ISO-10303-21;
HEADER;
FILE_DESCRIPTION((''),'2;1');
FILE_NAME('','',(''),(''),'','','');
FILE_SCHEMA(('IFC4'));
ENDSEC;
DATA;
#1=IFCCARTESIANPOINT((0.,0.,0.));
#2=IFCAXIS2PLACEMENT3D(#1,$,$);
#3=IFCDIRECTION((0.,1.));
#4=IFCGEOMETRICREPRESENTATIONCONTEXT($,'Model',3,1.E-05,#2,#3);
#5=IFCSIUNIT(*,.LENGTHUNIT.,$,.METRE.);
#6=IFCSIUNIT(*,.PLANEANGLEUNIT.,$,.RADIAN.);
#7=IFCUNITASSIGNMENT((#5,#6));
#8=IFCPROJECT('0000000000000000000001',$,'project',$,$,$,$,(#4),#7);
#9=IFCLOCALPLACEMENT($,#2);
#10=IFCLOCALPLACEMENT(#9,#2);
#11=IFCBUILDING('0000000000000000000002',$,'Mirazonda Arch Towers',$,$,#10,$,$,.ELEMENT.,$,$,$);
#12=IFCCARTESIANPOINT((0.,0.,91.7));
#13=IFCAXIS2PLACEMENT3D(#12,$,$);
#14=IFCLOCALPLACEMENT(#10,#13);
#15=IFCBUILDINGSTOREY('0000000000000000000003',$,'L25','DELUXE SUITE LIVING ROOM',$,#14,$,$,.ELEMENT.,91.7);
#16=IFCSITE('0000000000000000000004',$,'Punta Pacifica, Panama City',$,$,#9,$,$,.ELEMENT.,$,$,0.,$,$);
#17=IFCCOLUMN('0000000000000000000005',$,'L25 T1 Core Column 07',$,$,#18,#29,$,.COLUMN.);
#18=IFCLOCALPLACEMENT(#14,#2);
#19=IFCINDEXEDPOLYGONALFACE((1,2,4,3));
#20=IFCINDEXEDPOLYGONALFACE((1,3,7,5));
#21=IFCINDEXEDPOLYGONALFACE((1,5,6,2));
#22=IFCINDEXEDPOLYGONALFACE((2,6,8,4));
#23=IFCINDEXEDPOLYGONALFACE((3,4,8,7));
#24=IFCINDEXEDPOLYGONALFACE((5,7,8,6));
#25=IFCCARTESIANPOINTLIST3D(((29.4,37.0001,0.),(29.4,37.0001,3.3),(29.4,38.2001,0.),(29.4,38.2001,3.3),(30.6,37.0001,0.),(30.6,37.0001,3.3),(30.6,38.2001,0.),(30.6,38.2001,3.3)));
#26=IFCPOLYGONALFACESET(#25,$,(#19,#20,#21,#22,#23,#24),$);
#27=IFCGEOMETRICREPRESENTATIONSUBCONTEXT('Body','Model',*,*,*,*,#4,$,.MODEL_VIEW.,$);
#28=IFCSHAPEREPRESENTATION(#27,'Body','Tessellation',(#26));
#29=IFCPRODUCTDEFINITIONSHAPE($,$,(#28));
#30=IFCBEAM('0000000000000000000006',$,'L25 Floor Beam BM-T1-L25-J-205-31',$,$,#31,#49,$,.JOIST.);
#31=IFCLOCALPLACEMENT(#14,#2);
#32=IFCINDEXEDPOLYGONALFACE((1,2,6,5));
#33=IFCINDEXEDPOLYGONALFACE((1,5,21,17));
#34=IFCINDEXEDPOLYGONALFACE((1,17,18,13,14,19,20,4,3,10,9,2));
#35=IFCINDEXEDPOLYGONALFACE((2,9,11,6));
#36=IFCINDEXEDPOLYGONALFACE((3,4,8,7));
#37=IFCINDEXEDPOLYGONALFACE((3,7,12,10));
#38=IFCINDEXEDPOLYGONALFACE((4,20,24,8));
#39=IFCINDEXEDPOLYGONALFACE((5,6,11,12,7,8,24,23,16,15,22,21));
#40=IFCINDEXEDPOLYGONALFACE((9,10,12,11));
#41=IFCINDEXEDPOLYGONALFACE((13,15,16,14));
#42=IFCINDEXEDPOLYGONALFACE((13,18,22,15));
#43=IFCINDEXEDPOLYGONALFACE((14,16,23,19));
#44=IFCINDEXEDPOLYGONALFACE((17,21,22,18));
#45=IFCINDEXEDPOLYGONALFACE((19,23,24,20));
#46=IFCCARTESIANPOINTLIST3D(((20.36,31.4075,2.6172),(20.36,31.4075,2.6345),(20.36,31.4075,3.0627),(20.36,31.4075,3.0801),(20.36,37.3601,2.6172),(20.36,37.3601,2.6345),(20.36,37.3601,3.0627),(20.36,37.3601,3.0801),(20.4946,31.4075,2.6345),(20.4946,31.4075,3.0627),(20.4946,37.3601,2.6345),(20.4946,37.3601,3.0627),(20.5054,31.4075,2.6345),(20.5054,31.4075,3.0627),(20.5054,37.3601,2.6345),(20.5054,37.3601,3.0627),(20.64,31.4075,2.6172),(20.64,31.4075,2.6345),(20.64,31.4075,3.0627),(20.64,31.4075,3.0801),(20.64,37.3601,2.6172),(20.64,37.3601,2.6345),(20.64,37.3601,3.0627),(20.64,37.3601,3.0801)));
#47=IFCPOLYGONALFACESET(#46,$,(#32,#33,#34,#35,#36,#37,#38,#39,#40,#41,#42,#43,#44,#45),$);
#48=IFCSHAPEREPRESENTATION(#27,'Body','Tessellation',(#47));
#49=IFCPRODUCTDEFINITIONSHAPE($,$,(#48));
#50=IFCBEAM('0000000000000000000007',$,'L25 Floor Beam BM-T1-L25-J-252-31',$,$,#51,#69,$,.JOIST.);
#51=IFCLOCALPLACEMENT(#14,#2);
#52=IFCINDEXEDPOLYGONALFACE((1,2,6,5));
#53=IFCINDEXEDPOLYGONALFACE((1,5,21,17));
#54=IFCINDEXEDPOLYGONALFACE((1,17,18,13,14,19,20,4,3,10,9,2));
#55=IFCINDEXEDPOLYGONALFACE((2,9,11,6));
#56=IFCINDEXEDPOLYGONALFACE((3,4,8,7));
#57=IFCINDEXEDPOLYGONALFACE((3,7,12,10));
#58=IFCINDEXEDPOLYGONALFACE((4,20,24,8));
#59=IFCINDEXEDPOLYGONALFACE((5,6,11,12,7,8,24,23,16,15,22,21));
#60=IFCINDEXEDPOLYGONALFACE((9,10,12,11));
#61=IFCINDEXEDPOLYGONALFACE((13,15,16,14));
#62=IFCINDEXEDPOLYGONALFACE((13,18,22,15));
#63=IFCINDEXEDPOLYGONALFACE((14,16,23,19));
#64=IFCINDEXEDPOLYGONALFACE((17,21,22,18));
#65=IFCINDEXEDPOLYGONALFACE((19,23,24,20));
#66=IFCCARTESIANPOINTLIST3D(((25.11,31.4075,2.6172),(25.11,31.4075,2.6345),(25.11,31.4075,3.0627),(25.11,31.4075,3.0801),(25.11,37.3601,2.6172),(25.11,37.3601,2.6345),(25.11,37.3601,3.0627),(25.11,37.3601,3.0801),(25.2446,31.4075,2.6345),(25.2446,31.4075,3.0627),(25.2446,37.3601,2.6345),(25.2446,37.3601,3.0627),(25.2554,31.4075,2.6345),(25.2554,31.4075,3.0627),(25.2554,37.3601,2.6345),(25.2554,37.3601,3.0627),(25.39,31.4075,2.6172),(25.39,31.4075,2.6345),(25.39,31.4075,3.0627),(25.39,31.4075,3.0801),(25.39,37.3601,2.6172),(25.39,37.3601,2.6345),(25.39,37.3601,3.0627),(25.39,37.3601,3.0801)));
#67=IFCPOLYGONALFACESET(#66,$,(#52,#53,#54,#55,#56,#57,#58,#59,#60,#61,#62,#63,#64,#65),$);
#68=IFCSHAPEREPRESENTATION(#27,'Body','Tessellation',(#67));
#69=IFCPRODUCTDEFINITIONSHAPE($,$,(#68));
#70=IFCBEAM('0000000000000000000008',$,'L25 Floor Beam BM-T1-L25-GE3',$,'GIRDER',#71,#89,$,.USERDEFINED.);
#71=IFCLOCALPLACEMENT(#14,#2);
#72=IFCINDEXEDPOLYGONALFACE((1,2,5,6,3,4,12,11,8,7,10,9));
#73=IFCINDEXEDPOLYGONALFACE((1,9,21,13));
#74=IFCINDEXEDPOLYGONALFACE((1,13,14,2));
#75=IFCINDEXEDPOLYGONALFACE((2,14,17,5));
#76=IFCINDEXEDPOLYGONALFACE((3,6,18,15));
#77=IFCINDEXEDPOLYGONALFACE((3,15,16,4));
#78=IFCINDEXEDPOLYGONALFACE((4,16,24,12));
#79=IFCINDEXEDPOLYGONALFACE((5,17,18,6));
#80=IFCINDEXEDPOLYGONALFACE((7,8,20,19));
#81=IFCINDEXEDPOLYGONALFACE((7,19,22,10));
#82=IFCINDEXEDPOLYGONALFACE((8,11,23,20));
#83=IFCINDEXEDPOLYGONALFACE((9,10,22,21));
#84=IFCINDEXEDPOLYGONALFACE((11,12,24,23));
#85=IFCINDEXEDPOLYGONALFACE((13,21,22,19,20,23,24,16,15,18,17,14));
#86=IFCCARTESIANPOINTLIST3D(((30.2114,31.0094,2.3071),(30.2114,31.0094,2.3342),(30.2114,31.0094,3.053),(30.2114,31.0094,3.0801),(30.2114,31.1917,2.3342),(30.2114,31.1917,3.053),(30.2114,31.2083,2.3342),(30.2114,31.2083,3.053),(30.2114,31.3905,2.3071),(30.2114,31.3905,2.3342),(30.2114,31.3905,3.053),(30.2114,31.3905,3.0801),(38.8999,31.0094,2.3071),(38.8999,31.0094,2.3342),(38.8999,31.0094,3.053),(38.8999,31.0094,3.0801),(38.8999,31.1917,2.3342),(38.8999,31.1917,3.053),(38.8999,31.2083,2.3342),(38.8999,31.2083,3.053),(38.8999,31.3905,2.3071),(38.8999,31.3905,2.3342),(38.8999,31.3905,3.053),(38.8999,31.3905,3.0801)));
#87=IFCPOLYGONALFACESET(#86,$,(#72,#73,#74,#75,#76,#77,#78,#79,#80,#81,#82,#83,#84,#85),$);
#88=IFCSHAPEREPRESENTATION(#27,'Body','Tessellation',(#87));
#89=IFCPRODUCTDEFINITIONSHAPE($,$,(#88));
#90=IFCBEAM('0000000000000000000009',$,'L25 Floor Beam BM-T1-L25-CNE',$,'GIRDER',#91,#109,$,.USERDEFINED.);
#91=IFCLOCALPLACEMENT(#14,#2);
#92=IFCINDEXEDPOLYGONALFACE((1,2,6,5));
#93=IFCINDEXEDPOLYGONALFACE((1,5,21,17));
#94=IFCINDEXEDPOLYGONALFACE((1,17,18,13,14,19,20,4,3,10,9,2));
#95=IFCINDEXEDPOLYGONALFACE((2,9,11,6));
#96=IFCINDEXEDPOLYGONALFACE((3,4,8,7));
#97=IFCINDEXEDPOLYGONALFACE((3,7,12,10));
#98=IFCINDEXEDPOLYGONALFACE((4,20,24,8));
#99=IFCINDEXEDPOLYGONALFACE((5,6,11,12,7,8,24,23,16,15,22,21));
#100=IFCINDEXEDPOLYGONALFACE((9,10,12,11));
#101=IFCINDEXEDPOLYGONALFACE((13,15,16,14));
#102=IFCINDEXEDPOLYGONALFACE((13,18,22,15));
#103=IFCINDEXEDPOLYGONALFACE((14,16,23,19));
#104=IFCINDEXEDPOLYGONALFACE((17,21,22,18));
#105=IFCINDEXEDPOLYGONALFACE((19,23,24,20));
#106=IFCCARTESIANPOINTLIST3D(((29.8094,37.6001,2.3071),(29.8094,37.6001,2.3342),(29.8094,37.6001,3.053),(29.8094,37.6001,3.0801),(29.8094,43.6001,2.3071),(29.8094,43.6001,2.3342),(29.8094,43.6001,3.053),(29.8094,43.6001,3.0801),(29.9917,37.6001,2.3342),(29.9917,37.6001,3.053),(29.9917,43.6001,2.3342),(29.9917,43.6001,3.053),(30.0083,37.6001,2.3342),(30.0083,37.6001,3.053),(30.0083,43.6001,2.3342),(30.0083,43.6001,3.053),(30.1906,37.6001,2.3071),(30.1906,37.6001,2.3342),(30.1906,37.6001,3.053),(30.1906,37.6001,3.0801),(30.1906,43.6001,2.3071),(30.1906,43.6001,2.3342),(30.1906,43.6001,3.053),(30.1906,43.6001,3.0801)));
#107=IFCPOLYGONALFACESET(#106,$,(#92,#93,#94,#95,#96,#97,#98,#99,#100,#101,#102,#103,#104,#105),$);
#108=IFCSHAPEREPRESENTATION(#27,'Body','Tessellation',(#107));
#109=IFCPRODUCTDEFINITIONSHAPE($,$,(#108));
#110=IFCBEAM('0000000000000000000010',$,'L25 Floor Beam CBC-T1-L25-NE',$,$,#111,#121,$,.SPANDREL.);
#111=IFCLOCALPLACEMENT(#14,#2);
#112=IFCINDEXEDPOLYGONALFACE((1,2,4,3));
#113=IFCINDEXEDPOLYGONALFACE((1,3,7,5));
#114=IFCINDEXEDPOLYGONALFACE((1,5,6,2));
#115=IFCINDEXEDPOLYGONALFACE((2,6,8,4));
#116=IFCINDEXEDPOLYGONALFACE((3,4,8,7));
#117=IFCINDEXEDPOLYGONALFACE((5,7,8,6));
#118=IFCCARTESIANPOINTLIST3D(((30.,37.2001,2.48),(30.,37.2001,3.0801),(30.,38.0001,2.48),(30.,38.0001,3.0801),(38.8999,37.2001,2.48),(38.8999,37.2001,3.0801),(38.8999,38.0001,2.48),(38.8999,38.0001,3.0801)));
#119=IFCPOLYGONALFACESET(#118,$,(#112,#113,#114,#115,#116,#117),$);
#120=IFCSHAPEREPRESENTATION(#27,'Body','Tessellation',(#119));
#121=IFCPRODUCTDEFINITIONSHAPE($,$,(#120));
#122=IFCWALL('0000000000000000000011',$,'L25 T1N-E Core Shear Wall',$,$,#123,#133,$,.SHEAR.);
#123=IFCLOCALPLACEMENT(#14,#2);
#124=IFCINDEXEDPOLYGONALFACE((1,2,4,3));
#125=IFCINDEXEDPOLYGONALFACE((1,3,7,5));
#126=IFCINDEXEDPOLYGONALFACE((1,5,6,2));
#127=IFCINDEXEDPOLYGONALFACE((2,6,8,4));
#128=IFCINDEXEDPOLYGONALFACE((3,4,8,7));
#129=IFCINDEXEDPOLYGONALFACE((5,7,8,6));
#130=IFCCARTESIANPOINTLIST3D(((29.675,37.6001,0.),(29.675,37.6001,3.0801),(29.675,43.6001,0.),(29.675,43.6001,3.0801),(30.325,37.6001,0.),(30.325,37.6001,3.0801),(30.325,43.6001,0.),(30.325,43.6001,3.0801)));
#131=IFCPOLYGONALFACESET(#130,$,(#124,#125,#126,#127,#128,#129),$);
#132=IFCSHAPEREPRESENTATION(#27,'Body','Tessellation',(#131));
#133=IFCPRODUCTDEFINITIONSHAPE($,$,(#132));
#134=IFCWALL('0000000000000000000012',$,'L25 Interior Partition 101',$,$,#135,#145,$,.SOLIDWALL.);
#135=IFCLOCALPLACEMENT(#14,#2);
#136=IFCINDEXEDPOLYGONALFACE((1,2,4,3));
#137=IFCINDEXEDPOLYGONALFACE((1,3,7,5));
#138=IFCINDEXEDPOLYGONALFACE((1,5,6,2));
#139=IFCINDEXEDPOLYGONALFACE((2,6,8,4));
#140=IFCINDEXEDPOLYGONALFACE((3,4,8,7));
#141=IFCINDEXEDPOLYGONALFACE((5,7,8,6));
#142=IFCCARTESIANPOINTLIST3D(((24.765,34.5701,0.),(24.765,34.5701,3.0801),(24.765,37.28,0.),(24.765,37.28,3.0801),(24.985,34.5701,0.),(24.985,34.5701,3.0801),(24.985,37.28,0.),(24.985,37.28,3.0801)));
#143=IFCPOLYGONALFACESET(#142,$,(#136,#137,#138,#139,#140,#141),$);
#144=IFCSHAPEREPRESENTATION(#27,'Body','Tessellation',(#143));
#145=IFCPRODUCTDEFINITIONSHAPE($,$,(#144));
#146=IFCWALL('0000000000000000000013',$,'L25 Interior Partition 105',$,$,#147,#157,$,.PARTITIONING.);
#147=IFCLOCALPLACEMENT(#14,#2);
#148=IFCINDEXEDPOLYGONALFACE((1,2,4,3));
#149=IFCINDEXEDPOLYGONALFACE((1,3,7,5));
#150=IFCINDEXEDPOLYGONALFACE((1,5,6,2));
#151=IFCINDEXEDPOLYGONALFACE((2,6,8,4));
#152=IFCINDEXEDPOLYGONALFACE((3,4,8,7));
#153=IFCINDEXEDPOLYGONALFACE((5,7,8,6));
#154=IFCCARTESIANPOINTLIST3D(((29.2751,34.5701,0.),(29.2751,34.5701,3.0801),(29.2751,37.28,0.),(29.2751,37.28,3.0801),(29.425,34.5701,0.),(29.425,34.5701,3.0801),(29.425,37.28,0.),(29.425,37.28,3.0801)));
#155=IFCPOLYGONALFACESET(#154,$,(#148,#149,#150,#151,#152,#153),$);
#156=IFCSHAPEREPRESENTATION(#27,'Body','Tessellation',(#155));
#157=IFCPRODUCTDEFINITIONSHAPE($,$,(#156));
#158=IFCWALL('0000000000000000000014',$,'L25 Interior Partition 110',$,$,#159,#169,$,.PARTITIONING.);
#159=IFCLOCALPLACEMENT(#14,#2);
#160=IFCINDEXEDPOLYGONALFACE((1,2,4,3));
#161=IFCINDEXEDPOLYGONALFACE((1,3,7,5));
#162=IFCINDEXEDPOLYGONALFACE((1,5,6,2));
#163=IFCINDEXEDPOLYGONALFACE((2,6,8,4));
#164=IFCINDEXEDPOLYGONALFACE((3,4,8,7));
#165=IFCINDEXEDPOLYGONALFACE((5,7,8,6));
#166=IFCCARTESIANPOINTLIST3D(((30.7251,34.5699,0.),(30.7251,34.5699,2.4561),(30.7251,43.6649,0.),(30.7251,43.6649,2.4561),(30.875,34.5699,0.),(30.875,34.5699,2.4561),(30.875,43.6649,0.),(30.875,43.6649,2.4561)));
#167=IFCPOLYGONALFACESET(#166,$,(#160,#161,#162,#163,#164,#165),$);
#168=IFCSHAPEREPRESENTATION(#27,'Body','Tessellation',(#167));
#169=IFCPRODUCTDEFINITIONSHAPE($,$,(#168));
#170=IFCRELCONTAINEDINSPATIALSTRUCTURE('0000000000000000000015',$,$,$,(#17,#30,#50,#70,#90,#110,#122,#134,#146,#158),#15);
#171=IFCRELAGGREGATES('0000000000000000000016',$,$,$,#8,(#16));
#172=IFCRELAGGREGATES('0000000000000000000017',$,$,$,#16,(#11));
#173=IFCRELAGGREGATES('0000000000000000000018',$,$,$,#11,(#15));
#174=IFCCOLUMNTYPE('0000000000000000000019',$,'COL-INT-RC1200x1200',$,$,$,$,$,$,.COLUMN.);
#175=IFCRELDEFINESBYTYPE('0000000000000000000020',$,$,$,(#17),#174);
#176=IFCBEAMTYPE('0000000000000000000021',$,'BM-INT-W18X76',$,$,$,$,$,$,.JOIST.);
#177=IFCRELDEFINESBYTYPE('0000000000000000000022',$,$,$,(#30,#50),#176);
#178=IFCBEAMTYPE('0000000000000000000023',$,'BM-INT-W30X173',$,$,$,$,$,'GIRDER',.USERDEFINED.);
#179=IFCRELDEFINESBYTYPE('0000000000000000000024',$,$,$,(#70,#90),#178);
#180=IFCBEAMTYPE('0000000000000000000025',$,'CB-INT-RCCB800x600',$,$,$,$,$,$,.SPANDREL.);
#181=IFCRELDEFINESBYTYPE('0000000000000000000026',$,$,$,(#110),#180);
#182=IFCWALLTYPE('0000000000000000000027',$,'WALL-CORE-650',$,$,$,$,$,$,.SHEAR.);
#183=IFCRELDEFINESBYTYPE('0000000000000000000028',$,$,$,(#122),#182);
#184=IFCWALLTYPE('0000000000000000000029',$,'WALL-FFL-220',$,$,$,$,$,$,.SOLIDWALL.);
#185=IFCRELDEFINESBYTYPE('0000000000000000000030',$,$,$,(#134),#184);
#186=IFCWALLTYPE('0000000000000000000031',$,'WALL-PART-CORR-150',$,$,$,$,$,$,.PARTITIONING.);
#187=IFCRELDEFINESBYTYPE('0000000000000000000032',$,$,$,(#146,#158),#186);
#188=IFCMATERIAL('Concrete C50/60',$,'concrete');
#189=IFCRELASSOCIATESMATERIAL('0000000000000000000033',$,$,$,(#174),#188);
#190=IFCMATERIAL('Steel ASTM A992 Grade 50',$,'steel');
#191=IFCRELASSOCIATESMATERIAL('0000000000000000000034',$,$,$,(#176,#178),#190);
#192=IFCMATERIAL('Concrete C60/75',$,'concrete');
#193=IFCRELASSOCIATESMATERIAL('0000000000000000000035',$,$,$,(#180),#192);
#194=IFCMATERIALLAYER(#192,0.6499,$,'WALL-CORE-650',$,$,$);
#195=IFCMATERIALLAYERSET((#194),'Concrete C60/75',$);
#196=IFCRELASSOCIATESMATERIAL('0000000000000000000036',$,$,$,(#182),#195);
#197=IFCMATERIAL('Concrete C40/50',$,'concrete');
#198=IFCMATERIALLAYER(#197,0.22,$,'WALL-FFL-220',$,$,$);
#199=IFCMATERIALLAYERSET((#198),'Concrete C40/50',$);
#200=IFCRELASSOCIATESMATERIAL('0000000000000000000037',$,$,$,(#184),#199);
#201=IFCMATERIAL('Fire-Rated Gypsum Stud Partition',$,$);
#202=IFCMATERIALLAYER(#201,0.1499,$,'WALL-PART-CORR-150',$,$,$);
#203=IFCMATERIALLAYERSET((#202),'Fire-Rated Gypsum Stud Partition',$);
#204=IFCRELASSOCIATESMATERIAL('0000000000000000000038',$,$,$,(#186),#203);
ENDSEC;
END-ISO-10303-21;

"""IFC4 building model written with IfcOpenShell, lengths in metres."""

from ifc_helpers import new_model, si_unit, direction, frame, frame_2d, origin, origin_2d, place, context, subcontext, project, spatial, rectangle, i_section, extrude, material, layer, layer_set, material_profile, profile_set, type_object, element, save


model = new_model("IFC4")

# Units and contexts
model_context = context("Model", 3, precision=1e-05, world=origin(), true_north=direction((0.0, 1.0)))
body_context = subcontext(model_context, "Body", "Model", "MODEL_VIEW")
ifc_project = project(units=[si_unit("LENGTHUNIT", "METRE"), si_unit("PLANEANGLEUNIT", "RADIAN")], contexts=[model_context])

# Site, building, storey
site_placement = place(None, origin())
site = spatial("IfcSite", under=ifc_project, at=site_placement, Name="Punta Pacifica, Panama City", CompositionType="ELEMENT", RefElevation=0.0)
building_placement = place(site_placement, origin())
building = spatial("IfcBuilding", under=site, at=building_placement, Name="Mirazonda Arch Towers", CompositionType="ELEMENT")
storey_placement = place(building_placement, frame((0.0, 0.0, 91.7)))
storey = spatial("IfcBuildingStorey", under=building, at=storey_placement, Name="L25", Description="DELUXE SUITE LIVING ROOM", CompositionType="ELEMENT", Elevation=91.7)

# Column
ifc_material_1 = material(Name="Concrete C50/60", Category="concrete")
ifc_material_profile_1 = material_profile(ifc_material_1, rectangle(XDim=1.2, YDim=1.2, at=origin_2d()), Name="RC1200x1200")
ifc_profile_set_1 = profile_set([ifc_material_profile_1], Name="Concrete C50/60")
column_type = type_object("IfcColumnType", Name="COL-INT-RC1200x1200", PredefinedType="COLUMN", material=ifc_profile_set_1)
column_placement = place(storey_placement, frame((30.0, 37.6001, 0.0), z_axis=(0.0, 0.0, 1.0), x_axis=(1.0, 0.0, 0.0)))
element("IfcColumn", 1, at=column_placement, inside=storey, type_object=column_type, Name="L25 T1 Core Column 07", PredefinedType="COLUMN", context=body_context, shape_type="SweptSolid", body=[
    extrude(rectangle(XDim=1.2, YDim=1.2, at=origin_2d()), origin(), (0.0, 0.0, 1.0), 3.3),
])

# Beams
ifc_material_2 = material(Name="Steel ASTM A992 Grade 50", Category="steel")
ifc_material_profile_2 = material_profile(ifc_material_2, i_section(OverallWidth=0.28, OverallDepth=0.4629, WebThickness=0.0107, FlangeThickness=0.0173, at=origin_2d()), Name="W18X76")
ifc_profile_set_2 = profile_set([ifc_material_profile_2], Name="Steel ASTM A992 Grade 50")
beam_type_1 = type_object("IfcBeamType", Name="BM-INT-W18X76", PredefinedType="JOIST", material=ifc_profile_set_2)
for number, where, z_axis, x_axis, name in (
    (2, (20.5, 31.4075, 2.8486), (0.0, 1.0, 0.0), (-1.0, 0.0, 0.0), "L25 Floor Beam BM-T1-L25-J-205-31"),
    (3, (25.25, 31.4075, 2.8486), (0.0, 1.0, 0.0), (-1.0, 0.0, 0.0), "L25 Floor Beam BM-T1-L25-J-252-31"),
):
    element("IfcBeam", number, at=place(storey_placement, frame(where, z_axis=z_axis, x_axis=x_axis)), inside=storey, type_object=beam_type_1, Name=name, PredefinedType="JOIST", context=body_context, shape_type="SweptSolid", body=[
        extrude(i_section(OverallWidth=0.28, OverallDepth=0.4629, WebThickness=0.0107, FlangeThickness=0.0173, at=origin_2d()), origin(), (0.0, 0.0, 1.0), 5.9526),
    ])
ifc_material_profile_3 = material_profile(ifc_material_2, i_section(OverallWidth=0.3811, OverallDepth=0.7729, WebThickness=0.0166, FlangeThickness=0.0271, at=origin_2d()), Name="W30X173")
ifc_profile_set_3 = profile_set([ifc_material_profile_3], Name="Steel ASTM A992 Grade 50")
beam_type_2 = type_object("IfcBeamType", Name="BM-INT-W30X173", ElementType="GIRDER", PredefinedType="USERDEFINED", material=ifc_profile_set_3)
beam_1_placement = place(storey_placement, frame((30.2114, 31.2, 2.6936), z_axis=(1.0, 0.0, 0.0), x_axis=(0.0, 1.0, 0.0)))
element("IfcBeam", 4, at=beam_1_placement, inside=storey, type_object=beam_type_2, Name="L25 Floor Beam BM-T1-L25-GE3", ObjectType="GIRDER", PredefinedType="USERDEFINED", context=body_context, shape_type="SweptSolid", body=[
    extrude(i_section(OverallWidth=0.3811, OverallDepth=0.7729, WebThickness=0.0166, FlangeThickness=0.0271, at=origin_2d()), origin(), (0.0, 0.0, 1.0), 8.6885),
])
beam_2_placement = place(storey_placement, frame((30.0, 37.6001, 2.6936), z_axis=(0.0, 1.0, 0.0), x_axis=(-1.0, 0.0, 0.0)))
element("IfcBeam", 5, at=beam_2_placement, inside=storey, type_object=beam_type_2, Name="L25 Floor Beam BM-T1-L25-CNE", ObjectType="GIRDER", PredefinedType="USERDEFINED", context=body_context, shape_type="SweptSolid", body=[
    extrude(i_section(OverallWidth=0.3811, OverallDepth=0.7729, WebThickness=0.0166, FlangeThickness=0.0271, at=origin_2d()), origin(), (0.0, 0.0, 1.0), 6.0),
])
ifc_material_3 = material(Name="Concrete C60/75", Category="concrete")
ifc_material_profile_4 = material_profile(ifc_material_3, rectangle(XDim=0.8, YDim=0.6001, at=origin_2d()), Name="RCCB800x600")
ifc_profile_set_4 = profile_set([ifc_material_profile_4], Name="Concrete C60/75")
beam_type_3 = type_object("IfcBeamType", Name="CB-INT-RCCB800x600", PredefinedType="SPANDREL", material=ifc_profile_set_4)
beam_3_placement = place(storey_placement, frame((30.0, 37.6001, 2.78), z_axis=(1.0, 0.0, 0.0), x_axis=(0.0, 1.0, 0.0)))
element("IfcBeam", 6, at=beam_3_placement, inside=storey, type_object=beam_type_3, Name="L25 Floor Beam CBC-T1-L25-NE", PredefinedType="SPANDREL", context=body_context, shape_type="SweptSolid", body=[
    extrude(rectangle(XDim=0.8, YDim=0.6001, at=origin_2d()), origin(), (0.0, 0.0, 1.0), 8.8999),
])

# Walls
ifc_layer_1 = layer(ifc_material_3, 0.6499, Name="WALL-CORE-650")
ifc_layer_set_1 = layer_set([ifc_layer_1], Name="Concrete C60/75")
wall_type_1 = type_object("IfcWallType", Name="WALL-CORE-650", PredefinedType="SHEAR", material=ifc_layer_set_1)
wall_1_placement = place(storey_placement, frame((30.0, 37.6001, 0.0), z_axis=(0.0, 0.0, 1.0), x_axis=(0.0, 1.0, 0.0)))
element("IfcWall", 7, at=wall_1_placement, inside=storey, type_object=wall_type_1, Name="L25 T1N-E Core Shear Wall", PredefinedType="SHEAR", context=body_context, shape_type="SweptSolid", body=[
    extrude(rectangle(XDim=6.0, YDim=0.6499, at=frame_2d((3.0, 0.0))), origin(), (0.0, 0.0, 1.0), 3.0801),
])
ifc_material_4 = material(Name="Concrete C40/50", Category="concrete")
ifc_layer_2 = layer(ifc_material_4, 0.22, Name="WALL-FFL-220")
ifc_layer_set_2 = layer_set([ifc_layer_2], Name="Concrete C40/50")
wall_type_2 = type_object("IfcWallType", Name="WALL-FFL-220", PredefinedType="SOLIDWALL", material=ifc_layer_set_2)
wall_2_placement = place(storey_placement, frame((24.875, 34.5701, 0.0), z_axis=(0.0, 0.0, 1.0), x_axis=(0.0, 1.0, 0.0)))
element("IfcWall", 8, at=wall_2_placement, inside=storey, type_object=wall_type_2, Name="L25 Interior Partition 101", PredefinedType="SOLIDWALL", context=body_context, shape_type="SweptSolid", body=[
    extrude(rectangle(XDim=2.71, YDim=0.22, at=frame_2d((1.355, 0.0))), origin(), (0.0, 0.0, 1.0), 3.0801),
])
ifc_material_5 = material(Name="Fire-Rated Gypsum Stud Partition")
ifc_layer_3 = layer(ifc_material_5, 0.1499, Name="WALL-PART-CORR-150")
ifc_layer_set_3 = layer_set([ifc_layer_3], Name="Fire-Rated Gypsum Stud Partition")
wall_type_3 = type_object("IfcWallType", Name="WALL-PART-CORR-150", PredefinedType="PARTITIONING", material=ifc_layer_set_3)
wall_3_placement = place(storey_placement, frame((29.3501, 34.5701, 0.0), z_axis=(0.0, 0.0, 1.0), x_axis=(0.0, 1.0, 0.0)))
element("IfcWall", 9, at=wall_3_placement, inside=storey, type_object=wall_type_3, Name="L25 Interior Partition 105", PredefinedType="PARTITIONING", context=body_context, shape_type="SweptSolid", body=[
    extrude(rectangle(XDim=2.71, YDim=0.1499, at=frame_2d((1.355, 0.0))), origin(), (0.0, 0.0, 1.0), 3.0801),
])
wall_4_placement = place(storey_placement, frame((30.8, 34.5701, 0.0), z_axis=(0.0, 0.0, 1.0), x_axis=(0.0, 1.0, 0.0)))
element("IfcWall", 10, at=wall_4_placement, inside=storey, type_object=wall_type_3, Name="L25 Interior Partition 110", PredefinedType="PARTITIONING", context=body_context, shape_type="SweptSolid", body=[
    extrude(rectangle(XDim=9.095, YDim=0.1499, at=frame_2d((4.5474, 0.0))), origin(), (0.0, 0.0, 1.0), 2.4561),
])

save(model, "model.ifc")
